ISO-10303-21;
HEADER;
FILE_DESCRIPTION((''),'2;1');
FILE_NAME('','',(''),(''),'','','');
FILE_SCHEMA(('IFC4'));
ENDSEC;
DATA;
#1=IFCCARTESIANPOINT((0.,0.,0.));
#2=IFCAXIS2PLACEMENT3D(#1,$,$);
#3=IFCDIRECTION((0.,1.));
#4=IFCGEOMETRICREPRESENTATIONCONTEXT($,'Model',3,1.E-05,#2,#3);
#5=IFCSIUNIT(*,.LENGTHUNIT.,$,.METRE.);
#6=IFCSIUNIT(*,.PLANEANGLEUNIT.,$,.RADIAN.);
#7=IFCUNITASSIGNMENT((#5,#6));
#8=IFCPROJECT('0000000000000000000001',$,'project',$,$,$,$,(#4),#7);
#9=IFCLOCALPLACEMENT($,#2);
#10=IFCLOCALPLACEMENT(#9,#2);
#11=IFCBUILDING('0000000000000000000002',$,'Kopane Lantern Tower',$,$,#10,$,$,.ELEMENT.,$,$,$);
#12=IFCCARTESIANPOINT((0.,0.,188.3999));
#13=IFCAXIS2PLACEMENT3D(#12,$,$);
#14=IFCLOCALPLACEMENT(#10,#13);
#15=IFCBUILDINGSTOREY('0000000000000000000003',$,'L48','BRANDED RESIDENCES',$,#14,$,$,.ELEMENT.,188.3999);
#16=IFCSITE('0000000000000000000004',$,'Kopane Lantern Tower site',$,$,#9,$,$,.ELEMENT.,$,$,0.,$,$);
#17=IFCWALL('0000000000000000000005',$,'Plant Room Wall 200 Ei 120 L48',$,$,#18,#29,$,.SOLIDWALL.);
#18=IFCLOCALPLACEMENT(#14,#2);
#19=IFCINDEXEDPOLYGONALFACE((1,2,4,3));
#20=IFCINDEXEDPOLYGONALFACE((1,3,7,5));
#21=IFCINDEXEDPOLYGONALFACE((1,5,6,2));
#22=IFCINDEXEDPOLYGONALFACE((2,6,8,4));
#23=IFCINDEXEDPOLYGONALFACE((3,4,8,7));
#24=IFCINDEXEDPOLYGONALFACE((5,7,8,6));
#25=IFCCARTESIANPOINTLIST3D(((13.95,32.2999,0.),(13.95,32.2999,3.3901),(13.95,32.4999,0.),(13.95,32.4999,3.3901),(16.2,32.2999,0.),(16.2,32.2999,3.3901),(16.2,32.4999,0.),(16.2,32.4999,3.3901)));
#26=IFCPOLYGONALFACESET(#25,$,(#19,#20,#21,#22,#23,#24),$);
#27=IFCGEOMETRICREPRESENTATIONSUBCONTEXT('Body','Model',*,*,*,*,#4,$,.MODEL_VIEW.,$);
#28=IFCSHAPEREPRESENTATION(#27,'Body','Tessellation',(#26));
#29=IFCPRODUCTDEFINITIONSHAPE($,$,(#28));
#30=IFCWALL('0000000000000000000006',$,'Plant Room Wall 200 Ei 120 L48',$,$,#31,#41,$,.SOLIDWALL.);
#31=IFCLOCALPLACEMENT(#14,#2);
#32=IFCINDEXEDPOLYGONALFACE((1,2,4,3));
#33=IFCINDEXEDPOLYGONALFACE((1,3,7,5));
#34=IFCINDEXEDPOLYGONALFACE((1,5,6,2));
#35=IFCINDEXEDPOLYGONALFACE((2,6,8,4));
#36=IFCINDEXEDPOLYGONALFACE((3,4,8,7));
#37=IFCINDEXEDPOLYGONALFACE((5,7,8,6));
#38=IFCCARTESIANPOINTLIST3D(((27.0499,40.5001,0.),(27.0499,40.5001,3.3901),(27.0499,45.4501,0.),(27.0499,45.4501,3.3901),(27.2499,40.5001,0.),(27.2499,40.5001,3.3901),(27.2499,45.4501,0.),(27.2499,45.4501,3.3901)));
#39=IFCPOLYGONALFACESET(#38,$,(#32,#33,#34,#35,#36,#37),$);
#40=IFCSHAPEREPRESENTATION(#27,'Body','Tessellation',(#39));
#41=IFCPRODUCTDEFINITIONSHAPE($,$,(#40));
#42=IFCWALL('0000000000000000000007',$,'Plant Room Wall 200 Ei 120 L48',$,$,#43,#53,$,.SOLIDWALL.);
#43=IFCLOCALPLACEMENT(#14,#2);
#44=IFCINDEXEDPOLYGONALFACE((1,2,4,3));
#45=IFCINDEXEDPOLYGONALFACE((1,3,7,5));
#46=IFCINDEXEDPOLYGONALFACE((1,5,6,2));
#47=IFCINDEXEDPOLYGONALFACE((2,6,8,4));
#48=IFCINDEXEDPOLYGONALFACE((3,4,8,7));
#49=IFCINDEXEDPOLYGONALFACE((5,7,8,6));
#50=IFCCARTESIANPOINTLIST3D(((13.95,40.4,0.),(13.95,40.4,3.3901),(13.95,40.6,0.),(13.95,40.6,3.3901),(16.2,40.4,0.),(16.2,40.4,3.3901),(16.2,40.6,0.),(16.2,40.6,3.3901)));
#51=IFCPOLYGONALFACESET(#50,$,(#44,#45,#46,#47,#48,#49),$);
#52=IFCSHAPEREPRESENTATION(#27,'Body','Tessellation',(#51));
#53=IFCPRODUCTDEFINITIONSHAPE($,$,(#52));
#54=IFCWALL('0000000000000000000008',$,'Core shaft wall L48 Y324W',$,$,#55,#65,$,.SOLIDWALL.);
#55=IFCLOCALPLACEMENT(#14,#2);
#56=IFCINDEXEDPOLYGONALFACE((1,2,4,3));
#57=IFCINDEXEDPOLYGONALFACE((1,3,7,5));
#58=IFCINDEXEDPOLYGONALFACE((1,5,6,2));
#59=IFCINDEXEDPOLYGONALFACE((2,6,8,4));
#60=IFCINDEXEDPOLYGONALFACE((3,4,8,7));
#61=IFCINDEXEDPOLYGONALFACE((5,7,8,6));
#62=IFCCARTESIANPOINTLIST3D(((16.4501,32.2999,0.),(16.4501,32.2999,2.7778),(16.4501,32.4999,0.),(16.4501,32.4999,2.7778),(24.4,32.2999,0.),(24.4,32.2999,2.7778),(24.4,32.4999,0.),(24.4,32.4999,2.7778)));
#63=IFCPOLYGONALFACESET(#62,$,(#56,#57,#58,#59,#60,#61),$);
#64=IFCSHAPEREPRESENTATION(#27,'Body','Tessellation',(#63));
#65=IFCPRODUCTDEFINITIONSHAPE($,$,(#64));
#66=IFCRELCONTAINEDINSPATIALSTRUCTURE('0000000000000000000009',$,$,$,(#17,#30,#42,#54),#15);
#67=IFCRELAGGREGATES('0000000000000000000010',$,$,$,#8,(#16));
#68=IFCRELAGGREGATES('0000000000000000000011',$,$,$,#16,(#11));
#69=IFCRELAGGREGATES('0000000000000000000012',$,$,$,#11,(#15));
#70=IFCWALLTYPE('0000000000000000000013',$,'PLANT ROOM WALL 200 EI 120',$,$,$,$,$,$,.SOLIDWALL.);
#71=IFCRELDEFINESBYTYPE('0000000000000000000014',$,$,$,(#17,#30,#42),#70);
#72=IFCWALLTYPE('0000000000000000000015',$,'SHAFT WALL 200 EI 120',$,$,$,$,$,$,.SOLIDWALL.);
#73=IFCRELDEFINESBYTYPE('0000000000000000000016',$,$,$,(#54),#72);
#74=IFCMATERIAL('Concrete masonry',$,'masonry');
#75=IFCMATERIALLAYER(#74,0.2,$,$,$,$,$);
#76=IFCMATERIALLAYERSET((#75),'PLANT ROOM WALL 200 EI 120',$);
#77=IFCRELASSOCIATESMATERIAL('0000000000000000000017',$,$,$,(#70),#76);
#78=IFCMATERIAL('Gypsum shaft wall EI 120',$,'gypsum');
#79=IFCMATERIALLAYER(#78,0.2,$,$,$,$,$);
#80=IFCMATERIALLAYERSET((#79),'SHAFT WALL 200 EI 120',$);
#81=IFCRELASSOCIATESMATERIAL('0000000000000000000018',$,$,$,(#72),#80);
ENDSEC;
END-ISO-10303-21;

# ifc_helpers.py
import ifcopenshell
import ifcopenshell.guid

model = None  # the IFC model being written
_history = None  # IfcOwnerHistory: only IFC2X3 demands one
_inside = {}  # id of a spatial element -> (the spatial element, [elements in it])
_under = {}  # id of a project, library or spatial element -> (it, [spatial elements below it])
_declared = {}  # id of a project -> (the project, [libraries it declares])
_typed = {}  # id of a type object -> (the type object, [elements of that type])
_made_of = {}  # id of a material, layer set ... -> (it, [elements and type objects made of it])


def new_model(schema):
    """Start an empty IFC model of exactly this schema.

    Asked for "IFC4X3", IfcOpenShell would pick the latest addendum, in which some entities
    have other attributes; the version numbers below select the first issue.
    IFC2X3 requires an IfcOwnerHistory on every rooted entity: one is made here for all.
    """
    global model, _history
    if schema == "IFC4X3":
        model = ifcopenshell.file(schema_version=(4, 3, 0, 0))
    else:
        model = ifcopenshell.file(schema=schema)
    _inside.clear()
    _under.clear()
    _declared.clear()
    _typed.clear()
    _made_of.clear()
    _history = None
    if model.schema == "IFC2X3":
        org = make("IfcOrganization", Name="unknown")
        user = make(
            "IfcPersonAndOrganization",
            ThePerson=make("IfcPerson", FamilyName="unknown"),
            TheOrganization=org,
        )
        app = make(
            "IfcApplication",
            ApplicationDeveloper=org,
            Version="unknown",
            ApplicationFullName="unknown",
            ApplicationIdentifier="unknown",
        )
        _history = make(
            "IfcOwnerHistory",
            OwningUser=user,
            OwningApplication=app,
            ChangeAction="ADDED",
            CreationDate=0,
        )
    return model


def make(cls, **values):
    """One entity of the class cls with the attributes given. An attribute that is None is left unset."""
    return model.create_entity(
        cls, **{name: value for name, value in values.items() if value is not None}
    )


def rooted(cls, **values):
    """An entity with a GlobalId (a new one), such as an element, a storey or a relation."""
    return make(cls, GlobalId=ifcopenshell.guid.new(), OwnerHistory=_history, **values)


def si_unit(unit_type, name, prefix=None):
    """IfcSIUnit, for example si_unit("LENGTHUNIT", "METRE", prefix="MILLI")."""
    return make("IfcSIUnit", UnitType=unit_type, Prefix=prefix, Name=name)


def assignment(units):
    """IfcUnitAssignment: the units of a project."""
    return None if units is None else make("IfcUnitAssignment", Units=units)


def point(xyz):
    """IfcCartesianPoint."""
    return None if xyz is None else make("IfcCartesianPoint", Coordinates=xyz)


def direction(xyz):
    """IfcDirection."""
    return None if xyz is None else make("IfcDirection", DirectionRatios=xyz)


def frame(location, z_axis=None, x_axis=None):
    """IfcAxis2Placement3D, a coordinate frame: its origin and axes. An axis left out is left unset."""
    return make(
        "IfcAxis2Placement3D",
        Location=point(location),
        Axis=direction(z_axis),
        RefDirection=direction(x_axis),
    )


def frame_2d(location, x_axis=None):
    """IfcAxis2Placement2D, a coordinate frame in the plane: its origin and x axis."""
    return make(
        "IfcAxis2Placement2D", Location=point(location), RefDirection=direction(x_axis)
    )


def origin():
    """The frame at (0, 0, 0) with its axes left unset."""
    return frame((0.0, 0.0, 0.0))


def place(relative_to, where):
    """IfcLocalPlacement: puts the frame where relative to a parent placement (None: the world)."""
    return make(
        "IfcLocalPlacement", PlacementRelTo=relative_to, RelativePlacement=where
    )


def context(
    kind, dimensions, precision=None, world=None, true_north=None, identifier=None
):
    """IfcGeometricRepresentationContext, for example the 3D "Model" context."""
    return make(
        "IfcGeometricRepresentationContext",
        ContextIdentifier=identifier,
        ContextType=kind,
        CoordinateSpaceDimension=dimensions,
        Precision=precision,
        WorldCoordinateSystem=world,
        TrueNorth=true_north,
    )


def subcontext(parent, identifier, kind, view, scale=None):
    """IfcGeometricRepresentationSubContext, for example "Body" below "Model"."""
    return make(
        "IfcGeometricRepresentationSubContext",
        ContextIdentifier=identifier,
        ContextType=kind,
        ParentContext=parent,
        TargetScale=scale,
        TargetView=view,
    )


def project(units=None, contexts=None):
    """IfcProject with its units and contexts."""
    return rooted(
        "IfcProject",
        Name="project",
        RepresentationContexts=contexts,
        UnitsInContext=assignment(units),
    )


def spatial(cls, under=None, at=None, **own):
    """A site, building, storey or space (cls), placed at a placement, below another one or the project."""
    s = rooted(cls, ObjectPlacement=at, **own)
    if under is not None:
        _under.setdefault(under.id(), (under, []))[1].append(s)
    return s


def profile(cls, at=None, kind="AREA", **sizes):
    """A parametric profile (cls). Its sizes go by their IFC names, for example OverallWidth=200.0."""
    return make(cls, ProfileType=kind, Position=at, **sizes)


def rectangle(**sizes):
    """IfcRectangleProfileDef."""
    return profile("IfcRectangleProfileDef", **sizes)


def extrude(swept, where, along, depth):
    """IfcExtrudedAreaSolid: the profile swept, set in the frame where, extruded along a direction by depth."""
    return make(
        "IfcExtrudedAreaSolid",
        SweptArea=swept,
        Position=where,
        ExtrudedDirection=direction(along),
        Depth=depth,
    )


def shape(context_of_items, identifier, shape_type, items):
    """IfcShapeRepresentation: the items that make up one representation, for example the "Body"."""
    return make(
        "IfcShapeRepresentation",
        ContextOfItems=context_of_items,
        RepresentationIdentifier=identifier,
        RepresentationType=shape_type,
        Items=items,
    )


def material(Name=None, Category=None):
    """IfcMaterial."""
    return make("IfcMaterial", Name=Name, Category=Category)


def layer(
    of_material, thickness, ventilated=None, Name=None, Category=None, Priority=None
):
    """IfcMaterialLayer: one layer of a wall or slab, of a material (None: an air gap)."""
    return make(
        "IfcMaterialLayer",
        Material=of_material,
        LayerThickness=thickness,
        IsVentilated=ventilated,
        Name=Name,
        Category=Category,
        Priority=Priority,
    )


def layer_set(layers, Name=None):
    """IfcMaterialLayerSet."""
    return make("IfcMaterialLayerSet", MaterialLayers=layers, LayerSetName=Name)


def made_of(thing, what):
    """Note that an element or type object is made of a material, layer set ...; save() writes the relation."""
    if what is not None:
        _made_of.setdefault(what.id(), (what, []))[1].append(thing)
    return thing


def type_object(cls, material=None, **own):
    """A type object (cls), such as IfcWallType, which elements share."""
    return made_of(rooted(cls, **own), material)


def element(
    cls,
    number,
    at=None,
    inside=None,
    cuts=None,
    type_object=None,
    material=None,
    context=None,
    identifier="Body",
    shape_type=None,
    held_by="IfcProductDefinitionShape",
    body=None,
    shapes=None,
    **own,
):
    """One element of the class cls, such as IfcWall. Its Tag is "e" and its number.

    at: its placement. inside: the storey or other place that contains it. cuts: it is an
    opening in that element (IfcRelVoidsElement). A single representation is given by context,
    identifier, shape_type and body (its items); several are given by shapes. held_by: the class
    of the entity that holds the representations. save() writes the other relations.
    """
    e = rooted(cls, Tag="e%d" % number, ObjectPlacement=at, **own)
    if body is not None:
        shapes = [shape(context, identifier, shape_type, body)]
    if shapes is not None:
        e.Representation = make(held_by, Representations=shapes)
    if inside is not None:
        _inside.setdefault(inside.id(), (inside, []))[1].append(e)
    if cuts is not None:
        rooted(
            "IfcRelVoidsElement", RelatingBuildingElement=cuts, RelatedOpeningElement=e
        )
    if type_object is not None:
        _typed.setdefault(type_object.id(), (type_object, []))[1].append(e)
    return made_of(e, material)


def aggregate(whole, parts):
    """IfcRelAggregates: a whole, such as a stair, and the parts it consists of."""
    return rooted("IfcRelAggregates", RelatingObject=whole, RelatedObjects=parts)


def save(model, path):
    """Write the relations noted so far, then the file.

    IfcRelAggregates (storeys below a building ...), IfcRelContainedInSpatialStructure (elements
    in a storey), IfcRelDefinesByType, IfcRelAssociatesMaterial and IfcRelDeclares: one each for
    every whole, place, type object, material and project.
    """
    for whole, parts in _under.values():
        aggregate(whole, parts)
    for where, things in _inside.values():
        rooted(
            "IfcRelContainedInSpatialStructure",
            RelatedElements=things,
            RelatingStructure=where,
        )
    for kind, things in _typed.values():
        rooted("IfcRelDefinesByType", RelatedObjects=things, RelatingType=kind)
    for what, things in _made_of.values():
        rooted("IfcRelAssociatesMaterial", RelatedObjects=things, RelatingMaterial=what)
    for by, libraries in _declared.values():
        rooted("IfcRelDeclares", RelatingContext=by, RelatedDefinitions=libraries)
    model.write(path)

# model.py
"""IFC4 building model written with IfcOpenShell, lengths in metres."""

from ifc_helpers import new_model, si_unit, direction, frame, frame_2d, origin, place, context, subcontext, project, spatial, rectangle, extrude, material, layer, layer_set, type_object, element, save


model = new_model("IFC4")

# Units and contexts
model_context = context("Model", 3, precision=1e-05, world=origin(), true_north=direction((0.0, 1.0)))
body_context = subcontext(model_context, "Body", "Model", "MODEL_VIEW")
ifc_project = project(units=[si_unit("LENGTHUNIT", "METRE"), si_unit("PLANEANGLEUNIT", "RADIAN")], contexts=[model_context])

# Site, building, storey
site_placement = place(None, origin())
site = spatial("IfcSite", under=ifc_project, at=site_placement, Name="Kopane Lantern Tower site", CompositionType="ELEMENT", RefElevation=0.0)
building_placement = place(site_placement, origin())
building = spatial("IfcBuilding", under=site, at=building_placement, Name="Kopane Lantern Tower", CompositionType="ELEMENT")
storey_placement = place(building_placement, frame((0.0, 0.0, 188.3999)))
storey = spatial("IfcBuildingStorey", under=building, at=storey_placement, Name="L48", Description="BRANDED RESIDENCES", CompositionType="ELEMENT", Elevation=188.3999)

# Walls
ifc_material_1 = material(Name="Concrete masonry", Category="masonry")
ifc_layer_1 = layer(ifc_material_1, 0.2)
ifc_layer_set_1 = layer_set([ifc_layer_1], Name="PLANT ROOM WALL 200 EI 120")
wall_type_1 = type_object("IfcWallType", Name="PLANT ROOM WALL 200 EI 120", PredefinedType="SOLIDWALL", material=ifc_layer_set_1)
wall_1_placement = place(storey_placement, frame((13.95, 32.3999, 0.0), z_axis=(0.0, 0.0, 1.0), x_axis=(1.0, 0.0, 0.0)))
element("IfcWall", 1, at=wall_1_placement, inside=storey, type_object=wall_type_1, Name="Plant Room Wall 200 Ei 120 L48", PredefinedType="SOLIDWALL", context=body_context, shape_type="SweptSolid", body=[
    extrude(rectangle(XDim=2.25, YDim=0.2, at=frame_2d((1.125, 0.0))), origin(), (0.0, 0.0, 1.0), 3.3901),
])
wall_2_placement = place(storey_placement, frame((27.1499, 40.5, 0.0), z_axis=(0.0, 0.0, 1.0), x_axis=(0.0, 1.0, 0.0)))
element("IfcWall", 2, at=wall_2_placement, inside=storey, type_object=wall_type_1, Name="Plant Room Wall 200 Ei 120 L48", PredefinedType="SOLIDWALL", context=body_context, shape_type="SweptSolid", body=[
    extrude(rectangle(XDim=4.95, YDim=0.2, at=frame_2d((2.4751, 0.0))), origin(), (0.0, 0.0, 1.0), 3.3901),
])
wall_3_placement = place(storey_placement, frame((13.95, 40.5, 0.0), z_axis=(0.0, 0.0, 1.0), x_axis=(1.0, 0.0, 0.0)))
element("IfcWall", 3, at=wall_3_placement, inside=storey, type_object=wall_type_1, Name="Plant Room Wall 200 Ei 120 L48", PredefinedType="SOLIDWALL", context=body_context, shape_type="SweptSolid", body=[
    extrude(rectangle(XDim=2.25, YDim=0.2, at=frame_2d((1.125, 0.0))), origin(), (0.0, 0.0, 1.0), 3.3901),
])
ifc_material_2 = material(Name="Gypsum shaft wall EI 120", Category="gypsum")
ifc_layer_2 = layer(ifc_material_2, 0.2)
ifc_layer_set_2 = layer_set([ifc_layer_2], Name="SHAFT WALL 200 EI 120")
wall_type_2 = type_object("IfcWallType", Name="SHAFT WALL 200 EI 120", PredefinedType="SOLIDWALL", material=ifc_layer_set_2)
wall_4_placement = place(storey_placement, frame((16.45, 32.3999, 0.0), z_axis=(0.0, 0.0, 1.0), x_axis=(1.0, 0.0, 0.0)))
element("IfcWall", 4, at=wall_4_placement, inside=storey, type_object=wall_type_2, Name="Core shaft wall L48 Y324W", PredefinedType="SOLIDWALL", context=body_context, shape_type="SweptSolid", body=[
    extrude(rectangle(XDim=7.95, YDim=0.2, at=frame_2d((3.9751, 0.0))), origin(), (0.0, 0.0, 1.0), 2.7778),
])

save(model, "model.ifc")
